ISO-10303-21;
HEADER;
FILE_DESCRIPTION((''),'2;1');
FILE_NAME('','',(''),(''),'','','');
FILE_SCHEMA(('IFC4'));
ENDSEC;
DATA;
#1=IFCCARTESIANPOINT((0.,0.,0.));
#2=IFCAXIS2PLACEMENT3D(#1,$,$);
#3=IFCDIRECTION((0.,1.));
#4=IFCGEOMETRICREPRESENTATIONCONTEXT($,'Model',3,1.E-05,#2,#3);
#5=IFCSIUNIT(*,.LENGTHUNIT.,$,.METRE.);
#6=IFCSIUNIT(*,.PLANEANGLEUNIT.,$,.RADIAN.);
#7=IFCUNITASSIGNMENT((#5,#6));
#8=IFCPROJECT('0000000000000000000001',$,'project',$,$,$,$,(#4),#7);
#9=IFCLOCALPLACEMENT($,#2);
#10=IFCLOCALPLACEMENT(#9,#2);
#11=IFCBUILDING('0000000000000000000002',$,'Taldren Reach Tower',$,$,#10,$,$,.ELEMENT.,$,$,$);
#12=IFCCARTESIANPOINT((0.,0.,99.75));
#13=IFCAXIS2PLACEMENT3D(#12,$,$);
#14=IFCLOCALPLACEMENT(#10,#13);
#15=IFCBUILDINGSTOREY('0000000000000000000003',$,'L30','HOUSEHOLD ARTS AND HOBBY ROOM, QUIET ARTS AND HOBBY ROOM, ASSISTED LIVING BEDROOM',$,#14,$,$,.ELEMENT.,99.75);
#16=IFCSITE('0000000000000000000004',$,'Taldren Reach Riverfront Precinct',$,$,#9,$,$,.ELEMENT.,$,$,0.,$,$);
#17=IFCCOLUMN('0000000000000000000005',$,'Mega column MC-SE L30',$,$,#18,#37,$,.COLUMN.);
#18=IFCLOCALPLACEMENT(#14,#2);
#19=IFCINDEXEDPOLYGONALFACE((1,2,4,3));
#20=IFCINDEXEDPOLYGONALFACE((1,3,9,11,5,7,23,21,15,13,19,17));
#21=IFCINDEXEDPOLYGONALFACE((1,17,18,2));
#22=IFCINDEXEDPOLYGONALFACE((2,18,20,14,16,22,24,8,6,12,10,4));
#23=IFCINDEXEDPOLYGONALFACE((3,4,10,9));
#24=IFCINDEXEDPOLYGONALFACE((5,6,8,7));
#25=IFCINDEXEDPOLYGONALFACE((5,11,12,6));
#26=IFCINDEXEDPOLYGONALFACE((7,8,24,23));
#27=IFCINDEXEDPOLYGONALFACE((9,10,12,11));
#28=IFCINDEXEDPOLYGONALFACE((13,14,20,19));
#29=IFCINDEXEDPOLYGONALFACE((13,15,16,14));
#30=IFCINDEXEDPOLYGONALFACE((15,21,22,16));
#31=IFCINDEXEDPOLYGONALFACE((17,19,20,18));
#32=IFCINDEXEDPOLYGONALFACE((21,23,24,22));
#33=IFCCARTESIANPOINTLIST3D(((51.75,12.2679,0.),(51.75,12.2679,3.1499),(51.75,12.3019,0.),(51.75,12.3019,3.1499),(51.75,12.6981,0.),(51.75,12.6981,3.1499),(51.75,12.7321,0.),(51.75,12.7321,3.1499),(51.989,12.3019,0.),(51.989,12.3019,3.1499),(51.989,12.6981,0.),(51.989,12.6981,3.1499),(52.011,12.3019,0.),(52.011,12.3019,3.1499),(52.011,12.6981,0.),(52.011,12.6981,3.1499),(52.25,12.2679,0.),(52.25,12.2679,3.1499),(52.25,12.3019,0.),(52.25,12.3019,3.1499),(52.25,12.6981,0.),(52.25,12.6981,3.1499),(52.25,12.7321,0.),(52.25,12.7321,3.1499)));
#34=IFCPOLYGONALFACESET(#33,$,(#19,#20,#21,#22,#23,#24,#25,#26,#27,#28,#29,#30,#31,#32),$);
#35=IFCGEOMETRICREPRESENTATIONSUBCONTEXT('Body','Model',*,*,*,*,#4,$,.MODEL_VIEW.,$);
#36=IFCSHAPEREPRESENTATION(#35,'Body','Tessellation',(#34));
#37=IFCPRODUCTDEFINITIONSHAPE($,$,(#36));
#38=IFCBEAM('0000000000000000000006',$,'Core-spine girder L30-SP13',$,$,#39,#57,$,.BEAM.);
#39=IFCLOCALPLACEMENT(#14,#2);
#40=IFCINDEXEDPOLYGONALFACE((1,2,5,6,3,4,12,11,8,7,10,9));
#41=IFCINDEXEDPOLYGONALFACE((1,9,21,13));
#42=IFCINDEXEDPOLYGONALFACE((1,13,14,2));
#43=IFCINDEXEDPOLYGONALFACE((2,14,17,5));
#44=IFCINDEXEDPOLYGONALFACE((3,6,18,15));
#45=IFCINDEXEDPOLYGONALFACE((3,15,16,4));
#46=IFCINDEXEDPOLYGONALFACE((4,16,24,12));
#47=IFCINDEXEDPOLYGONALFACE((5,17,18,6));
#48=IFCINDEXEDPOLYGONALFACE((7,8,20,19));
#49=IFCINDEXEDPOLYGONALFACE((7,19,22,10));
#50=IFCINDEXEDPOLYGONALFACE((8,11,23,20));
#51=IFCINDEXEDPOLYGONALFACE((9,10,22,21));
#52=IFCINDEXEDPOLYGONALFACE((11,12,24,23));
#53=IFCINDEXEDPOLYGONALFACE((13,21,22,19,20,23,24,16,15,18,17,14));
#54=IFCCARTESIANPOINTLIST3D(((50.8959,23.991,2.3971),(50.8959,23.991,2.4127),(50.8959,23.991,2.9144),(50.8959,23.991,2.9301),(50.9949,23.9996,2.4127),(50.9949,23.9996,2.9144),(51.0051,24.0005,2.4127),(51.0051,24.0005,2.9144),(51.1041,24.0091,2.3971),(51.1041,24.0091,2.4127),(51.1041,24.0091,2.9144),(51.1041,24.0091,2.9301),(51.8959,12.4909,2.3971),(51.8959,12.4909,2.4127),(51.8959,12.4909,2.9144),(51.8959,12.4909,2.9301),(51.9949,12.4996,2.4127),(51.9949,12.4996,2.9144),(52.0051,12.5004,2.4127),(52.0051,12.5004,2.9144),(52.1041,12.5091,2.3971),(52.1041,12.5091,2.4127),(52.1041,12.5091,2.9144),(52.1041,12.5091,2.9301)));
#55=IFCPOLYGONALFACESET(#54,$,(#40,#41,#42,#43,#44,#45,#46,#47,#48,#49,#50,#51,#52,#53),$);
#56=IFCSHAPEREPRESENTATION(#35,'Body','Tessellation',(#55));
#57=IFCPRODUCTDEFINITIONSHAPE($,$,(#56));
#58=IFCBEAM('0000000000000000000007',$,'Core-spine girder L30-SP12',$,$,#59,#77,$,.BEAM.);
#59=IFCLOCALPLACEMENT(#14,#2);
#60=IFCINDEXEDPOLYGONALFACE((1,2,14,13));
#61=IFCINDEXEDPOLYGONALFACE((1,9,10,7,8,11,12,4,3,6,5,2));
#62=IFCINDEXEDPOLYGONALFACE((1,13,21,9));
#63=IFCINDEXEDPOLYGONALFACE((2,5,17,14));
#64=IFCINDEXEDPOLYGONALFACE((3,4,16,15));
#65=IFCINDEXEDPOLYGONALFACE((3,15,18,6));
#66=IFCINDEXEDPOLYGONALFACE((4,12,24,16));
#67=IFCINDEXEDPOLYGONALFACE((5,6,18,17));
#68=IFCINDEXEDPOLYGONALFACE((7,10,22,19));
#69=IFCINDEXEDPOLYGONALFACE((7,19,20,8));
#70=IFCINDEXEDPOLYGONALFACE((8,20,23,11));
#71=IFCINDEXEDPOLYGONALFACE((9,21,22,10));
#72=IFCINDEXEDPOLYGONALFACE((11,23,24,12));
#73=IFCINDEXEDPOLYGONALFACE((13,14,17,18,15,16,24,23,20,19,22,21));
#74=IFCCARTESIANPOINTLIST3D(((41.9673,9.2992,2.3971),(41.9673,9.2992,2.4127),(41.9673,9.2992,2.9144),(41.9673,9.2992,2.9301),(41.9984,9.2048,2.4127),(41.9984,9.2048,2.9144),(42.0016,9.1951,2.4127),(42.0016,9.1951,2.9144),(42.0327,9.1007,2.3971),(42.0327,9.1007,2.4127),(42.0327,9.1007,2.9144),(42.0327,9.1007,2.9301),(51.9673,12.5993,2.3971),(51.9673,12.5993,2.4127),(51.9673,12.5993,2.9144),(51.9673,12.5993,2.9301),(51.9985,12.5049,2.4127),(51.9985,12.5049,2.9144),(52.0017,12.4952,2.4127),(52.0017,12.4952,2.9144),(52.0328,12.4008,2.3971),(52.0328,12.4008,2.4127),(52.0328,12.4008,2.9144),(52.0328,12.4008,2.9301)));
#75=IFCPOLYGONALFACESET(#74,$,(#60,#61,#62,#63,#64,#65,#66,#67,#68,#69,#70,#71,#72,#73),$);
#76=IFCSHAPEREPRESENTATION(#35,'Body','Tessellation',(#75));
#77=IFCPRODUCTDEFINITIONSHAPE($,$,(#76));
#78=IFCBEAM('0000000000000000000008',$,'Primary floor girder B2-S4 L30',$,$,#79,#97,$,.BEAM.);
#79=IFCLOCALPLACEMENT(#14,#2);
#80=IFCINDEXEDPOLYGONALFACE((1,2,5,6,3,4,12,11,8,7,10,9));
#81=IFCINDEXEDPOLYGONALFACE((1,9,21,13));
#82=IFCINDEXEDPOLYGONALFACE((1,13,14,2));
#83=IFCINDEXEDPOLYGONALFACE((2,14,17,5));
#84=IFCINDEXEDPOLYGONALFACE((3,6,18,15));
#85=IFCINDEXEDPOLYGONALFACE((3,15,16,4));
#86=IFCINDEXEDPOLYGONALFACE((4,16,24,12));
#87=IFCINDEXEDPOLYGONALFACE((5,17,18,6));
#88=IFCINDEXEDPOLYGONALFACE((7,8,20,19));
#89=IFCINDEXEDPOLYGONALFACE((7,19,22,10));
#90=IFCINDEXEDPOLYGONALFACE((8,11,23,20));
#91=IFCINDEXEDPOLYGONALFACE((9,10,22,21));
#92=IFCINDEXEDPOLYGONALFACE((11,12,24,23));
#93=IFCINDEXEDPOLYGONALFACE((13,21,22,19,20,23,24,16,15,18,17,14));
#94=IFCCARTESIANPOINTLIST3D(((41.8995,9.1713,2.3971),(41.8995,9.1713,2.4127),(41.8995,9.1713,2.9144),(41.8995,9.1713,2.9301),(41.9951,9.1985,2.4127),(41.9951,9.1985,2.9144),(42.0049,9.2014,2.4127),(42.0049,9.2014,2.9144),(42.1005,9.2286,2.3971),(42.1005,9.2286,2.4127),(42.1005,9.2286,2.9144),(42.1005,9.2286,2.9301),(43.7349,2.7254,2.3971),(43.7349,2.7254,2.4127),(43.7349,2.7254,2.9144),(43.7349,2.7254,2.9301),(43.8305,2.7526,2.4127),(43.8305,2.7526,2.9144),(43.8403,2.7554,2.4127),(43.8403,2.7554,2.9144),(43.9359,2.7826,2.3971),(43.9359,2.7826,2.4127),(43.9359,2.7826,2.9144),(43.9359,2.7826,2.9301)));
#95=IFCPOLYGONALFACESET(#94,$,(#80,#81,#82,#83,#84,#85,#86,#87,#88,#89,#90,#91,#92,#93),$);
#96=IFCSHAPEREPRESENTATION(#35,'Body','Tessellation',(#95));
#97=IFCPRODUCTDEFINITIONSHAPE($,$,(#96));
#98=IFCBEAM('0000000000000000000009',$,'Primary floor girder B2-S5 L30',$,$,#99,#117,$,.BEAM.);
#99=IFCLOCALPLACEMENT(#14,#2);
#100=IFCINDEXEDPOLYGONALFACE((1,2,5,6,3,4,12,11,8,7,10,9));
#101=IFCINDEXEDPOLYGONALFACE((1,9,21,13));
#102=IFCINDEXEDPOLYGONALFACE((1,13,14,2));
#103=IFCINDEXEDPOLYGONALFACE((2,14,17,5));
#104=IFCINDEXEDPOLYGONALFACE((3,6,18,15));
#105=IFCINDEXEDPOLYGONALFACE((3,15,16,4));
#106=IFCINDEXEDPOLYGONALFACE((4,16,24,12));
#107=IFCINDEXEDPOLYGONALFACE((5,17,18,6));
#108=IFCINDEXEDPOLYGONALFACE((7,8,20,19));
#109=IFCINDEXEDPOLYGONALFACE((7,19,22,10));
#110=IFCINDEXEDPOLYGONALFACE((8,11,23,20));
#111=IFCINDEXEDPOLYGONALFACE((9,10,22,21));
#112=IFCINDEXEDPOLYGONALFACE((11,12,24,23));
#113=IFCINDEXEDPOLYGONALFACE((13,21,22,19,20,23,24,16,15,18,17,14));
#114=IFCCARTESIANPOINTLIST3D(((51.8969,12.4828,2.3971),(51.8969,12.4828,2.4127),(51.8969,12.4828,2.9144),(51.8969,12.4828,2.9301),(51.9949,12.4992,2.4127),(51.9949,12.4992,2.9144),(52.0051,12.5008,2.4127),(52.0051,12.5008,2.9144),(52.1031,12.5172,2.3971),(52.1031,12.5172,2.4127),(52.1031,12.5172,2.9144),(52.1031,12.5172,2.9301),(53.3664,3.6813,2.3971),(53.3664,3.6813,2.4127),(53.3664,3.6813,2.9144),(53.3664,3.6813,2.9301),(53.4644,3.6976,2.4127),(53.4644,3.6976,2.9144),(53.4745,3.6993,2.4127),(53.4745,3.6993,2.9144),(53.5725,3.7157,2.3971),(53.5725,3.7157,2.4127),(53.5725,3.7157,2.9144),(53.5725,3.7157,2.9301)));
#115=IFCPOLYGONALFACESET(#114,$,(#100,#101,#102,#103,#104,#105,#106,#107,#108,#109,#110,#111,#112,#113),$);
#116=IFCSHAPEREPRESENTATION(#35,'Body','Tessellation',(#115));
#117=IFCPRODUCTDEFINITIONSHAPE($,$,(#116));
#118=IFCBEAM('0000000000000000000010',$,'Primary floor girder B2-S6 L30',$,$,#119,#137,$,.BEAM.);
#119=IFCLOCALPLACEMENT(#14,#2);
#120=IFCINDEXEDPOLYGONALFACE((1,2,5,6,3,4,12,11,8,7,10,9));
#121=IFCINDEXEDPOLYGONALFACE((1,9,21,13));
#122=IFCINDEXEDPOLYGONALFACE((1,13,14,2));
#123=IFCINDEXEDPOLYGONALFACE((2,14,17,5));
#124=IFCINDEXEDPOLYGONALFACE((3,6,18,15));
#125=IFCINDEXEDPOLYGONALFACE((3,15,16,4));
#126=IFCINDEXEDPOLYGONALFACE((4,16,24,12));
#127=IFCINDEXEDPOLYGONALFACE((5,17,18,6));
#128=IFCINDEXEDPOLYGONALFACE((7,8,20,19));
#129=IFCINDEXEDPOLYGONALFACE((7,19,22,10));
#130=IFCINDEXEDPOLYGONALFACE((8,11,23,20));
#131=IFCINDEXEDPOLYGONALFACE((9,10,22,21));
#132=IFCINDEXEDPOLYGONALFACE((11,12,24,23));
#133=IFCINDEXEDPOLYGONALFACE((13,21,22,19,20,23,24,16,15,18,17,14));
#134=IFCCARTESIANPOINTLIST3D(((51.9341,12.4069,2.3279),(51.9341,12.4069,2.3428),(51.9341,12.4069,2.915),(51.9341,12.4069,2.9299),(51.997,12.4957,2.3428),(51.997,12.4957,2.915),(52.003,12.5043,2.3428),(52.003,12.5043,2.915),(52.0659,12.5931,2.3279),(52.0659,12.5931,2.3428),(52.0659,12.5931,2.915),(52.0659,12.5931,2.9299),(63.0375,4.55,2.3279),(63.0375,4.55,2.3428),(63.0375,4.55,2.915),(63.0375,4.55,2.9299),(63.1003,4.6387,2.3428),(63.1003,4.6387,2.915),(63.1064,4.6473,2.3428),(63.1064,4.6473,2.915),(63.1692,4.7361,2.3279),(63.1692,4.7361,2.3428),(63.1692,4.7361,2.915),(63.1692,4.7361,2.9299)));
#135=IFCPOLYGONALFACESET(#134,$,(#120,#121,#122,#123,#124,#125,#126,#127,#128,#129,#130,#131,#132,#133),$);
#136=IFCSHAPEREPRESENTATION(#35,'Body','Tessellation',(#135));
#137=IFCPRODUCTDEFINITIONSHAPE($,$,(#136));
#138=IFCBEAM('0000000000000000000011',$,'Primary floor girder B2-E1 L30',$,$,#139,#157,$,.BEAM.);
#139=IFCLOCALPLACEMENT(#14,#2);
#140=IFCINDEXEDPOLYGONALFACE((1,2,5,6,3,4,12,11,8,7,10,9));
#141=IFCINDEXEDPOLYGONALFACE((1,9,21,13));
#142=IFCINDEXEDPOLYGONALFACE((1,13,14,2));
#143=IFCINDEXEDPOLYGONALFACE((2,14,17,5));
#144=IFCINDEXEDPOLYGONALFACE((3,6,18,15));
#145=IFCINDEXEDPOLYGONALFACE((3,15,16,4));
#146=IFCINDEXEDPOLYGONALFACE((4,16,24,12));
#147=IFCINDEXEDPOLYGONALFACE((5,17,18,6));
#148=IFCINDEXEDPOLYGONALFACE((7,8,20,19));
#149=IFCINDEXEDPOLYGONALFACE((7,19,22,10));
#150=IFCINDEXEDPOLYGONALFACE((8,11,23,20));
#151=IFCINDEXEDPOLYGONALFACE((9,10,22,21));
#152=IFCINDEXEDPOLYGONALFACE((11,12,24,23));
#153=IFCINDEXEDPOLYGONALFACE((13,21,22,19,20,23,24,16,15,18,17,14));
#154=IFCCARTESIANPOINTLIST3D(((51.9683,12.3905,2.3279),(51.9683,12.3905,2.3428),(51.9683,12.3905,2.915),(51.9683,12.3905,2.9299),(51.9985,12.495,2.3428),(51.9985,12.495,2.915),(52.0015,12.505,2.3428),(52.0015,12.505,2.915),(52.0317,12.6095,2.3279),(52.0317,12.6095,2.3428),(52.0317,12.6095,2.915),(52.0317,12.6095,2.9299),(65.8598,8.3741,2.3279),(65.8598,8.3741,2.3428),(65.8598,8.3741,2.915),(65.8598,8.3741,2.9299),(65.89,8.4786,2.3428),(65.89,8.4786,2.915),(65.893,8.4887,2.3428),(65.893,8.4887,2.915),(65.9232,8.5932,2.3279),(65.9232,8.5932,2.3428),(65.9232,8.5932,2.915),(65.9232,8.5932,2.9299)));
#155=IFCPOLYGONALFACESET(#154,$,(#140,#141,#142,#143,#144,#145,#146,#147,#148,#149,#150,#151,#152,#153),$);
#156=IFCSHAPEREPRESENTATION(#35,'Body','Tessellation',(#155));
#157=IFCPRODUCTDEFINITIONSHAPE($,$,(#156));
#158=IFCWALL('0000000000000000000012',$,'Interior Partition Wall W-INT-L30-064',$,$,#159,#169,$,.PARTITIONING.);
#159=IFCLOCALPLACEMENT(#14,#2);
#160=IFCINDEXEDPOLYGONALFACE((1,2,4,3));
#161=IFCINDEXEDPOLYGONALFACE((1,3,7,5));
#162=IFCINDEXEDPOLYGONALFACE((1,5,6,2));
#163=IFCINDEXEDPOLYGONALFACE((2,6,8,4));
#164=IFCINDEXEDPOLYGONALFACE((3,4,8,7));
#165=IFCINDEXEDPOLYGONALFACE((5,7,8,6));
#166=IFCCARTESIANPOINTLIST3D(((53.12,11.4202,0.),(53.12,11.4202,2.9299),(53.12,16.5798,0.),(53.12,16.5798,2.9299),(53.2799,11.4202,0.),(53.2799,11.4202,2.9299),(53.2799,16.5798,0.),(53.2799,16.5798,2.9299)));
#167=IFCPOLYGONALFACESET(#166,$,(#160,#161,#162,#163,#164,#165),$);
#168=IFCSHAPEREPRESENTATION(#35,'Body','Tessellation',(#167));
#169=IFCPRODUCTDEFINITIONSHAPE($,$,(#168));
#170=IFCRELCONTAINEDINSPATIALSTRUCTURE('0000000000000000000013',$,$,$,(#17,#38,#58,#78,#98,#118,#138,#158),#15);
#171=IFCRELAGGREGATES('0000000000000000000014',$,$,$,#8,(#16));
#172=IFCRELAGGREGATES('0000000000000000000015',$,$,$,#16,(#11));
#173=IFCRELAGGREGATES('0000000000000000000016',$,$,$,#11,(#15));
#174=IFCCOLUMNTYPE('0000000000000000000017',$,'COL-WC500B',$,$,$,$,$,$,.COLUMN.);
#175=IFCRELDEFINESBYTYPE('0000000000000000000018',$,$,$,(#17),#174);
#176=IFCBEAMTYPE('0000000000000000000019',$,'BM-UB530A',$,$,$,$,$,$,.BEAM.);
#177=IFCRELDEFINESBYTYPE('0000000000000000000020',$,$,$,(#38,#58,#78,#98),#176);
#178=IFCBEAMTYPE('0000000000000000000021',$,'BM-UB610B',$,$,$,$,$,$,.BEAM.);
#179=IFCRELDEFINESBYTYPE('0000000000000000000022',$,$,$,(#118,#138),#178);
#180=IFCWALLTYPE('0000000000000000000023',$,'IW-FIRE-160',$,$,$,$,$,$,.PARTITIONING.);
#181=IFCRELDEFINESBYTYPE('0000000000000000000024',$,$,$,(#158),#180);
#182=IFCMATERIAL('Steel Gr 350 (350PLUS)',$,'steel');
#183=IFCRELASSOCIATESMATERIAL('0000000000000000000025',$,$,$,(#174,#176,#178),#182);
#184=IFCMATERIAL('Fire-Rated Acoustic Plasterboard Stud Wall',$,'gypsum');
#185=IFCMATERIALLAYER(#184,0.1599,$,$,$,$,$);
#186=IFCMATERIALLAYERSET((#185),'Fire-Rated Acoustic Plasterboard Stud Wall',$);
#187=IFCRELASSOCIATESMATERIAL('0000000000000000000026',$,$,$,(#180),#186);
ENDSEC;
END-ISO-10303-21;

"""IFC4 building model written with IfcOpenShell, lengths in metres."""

from ifc_helpers import new_model, si_unit, direction, frame, frame_2d, origin, origin_2d, place, context, subcontext, project, spatial, rectangle, i_section, extrude, source, transform, mapped, material, layer, layer_set, material_profile, profile_set, type_object, element, save


model = new_model("IFC4")

# Units and contexts
model_context = context("Model", 3, precision=1e-05, world=origin(), true_north=direction((0.0, 1.0)))
body_context = subcontext(model_context, "Body", "Model", "MODEL_VIEW")
ifc_project = project(units=[si_unit("LENGTHUNIT", "METRE"), si_unit("PLANEANGLEUNIT", "RADIAN")], contexts=[model_context])

# Site, building, storey
site_placement = place(None, origin())
site = spatial("IfcSite", under=ifc_project, at=site_placement, Name="Taldren Reach Riverfront Precinct", CompositionType="ELEMENT", RefElevation=0.0)
building_placement = place(site_placement, origin())
building = spatial("IfcBuilding", under=site, at=building_placement, Name="Taldren Reach Tower", CompositionType="ELEMENT")
storey_placement = place(building_placement, frame((0.0, 0.0, 99.75)))
storey = spatial("IfcBuildingStorey", under=building, at=storey_placement, Name="L30", Description="HOUSEHOLD ARTS AND HOBBY ROOM, QUIET ARTS AND HOBBY ROOM, ASSISTED LIVING BEDROOM", CompositionType="ELEMENT", Elevation=99.75)

# Column
ifc_material_1 = material(Name="Steel Gr 350 (350PLUS)", Category="steel")
ifc_material_profile_1 = material_profile(ifc_material_1, i_section(OverallWidth=0.5, OverallDepth=0.4641, WebThickness=0.022, FlangeThickness=0.0339, at=origin_2d()), Name="500WC340")
ifc_profile_set_1 = profile_set([ifc_material_profile_1], Name="Steel Gr 350 (350PLUS)")
column_type = type_object("IfcColumnType", Name="COL-WC500B", PredefinedType="COLUMN", material=ifc_profile_set_1)
shared_shape_1 = source(origin(), body_context, "Body", "SweptSolid", [
    extrude(i_section(OverallWidth=0.5, OverallDepth=0.4641, WebThickness=0.022, FlangeThickness=0.0339, at=origin_2d()), origin(), (0.0, 0.0, 1.0), 3.1499),
])
column_placement = place(storey_placement, frame((52.0, 12.5, 0.0), z_axis=(0.0, 0.0, 1.0), x_axis=(1.0, 0.0, 0.0)))
element("IfcColumn", 1, at=column_placement, inside=storey, type_object=column_type, Name="Mega column MC-SE L30", PredefinedType="COLUMN", context=body_context, shape_type="MappedRepresentation", body=[
    mapped(shared_shape_1, transform((0.0, 0.0, 0.0), scale=1.0)),
])

# Beams
ifc_material_profile_2 = material_profile(ifc_material_1, i_section(OverallWidth=0.209, OverallDepth=0.533, WebThickness=0.0103, FlangeThickness=0.0156, at=origin_2d()), Name="530UB92.4")
ifc_profile_set_2 = profile_set([ifc_material_profile_2], Name="Steel Gr 350 (350PLUS)")
beam_type_1 = type_object("IfcBeamType", Name="BM-UB530A", PredefinedType="BEAM", material=ifc_profile_set_2)
shared_shape_2 = source(origin(), body_context, "Body", "SweptSolid", [
    extrude(i_section(OverallWidth=0.209, OverallDepth=0.533, WebThickness=0.0103, FlangeThickness=0.0156, at=origin_2d()), origin(), (0.0, 0.0, 1.0), 11.5435),
])
beam_1_placement = place(storey_placement, frame((52.0, 12.5, 2.6636), z_axis=(-0.08663, 0.996241, 0.0), x_axis=(-0.996241, -0.08663, 0.0)))
element("IfcBeam", 2, at=beam_1_placement, inside=storey, type_object=beam_type_1, Name="Core-spine girder L30-SP13", PredefinedType="BEAM", context=body_context, shape_type="MappedRepresentation", body=[
    mapped(shared_shape_2, transform((0.0, 0.0, 0.0), scale=1.0)),
])
shared_shape_3 = source(origin(), body_context, "Body", "SweptSolid", [
    extrude(i_section(OverallWidth=0.209, OverallDepth=0.533, WebThickness=0.0103, FlangeThickness=0.0156, at=origin_2d()), origin(), (0.0, 0.0, 1.0), 10.5305),
])
beam_2_placement = place(storey_placement, frame((42.0, 9.2, 2.6636), z_axis=(0.949627, 0.313382, 0.0), x_axis=(-0.313382, 0.949627, 0.0)))
element("IfcBeam", 3, at=beam_2_placement, inside=storey, type_object=beam_type_1, Name="Core-spine girder L30-SP12", PredefinedType="BEAM", context=body_context, shape_type="MappedRepresentation", body=[
    mapped(shared_shape_3, transform((0.0, 0.0, 0.0), scale=1.0)),
])
shared_shape_4 = source(origin(), body_context, "Body", "SweptSolid", [
    extrude(i_section(OverallWidth=0.209, OverallDepth=0.533, WebThickness=0.0103, FlangeThickness=0.0156, at=origin_2d()), origin(), (0.0, 0.0, 1.0), 6.7021),
])
beam_3_placement = place(storey_placement, frame((42.0, 9.2, 2.6636), z_axis=(0.273855, -0.961771, 0.0), x_axis=(0.961771, 0.273855, 0.0)))
element("IfcBeam", 4, at=beam_3_placement, inside=storey, type_object=beam_type_1, Name="Primary floor girder B2-S4 L30", PredefinedType="BEAM", context=body_context, shape_type="MappedRepresentation", body=[
    mapped(shared_shape_4, transform((0.0, 0.0, 0.0), scale=1.0)),
])
shared_shape_5 = source(origin(), body_context, "Body", "SweptSolid", [
    extrude(i_section(OverallWidth=0.209, OverallDepth=0.533, WebThickness=0.0103, FlangeThickness=0.0156, at=origin_2d()), origin(), (0.0, 0.0, 1.0), 8.9233),
])
beam_4_placement = place(storey_placement, frame((52.0, 12.5, 2.6636), z_axis=(0.164678, -0.986347, 0.0), x_axis=(0.986347, 0.164678, 0.0)))
element("IfcBeam", 5, at=beam_4_placement, inside=storey, type_object=beam_type_1, Name="Primary floor girder B2-S5 L30", PredefinedType="BEAM", context=body_context, shape_type="MappedRepresentation", body=[
    mapped(shared_shape_5, transform((0.0, 0.0, 0.0), scale=1.0)),
])
ifc_material_profile_3 = material_profile(ifc_material_1, i_section(OverallWidth=0.228, OverallDepth=0.6021, WebThickness=0.0105, FlangeThickness=0.0149, at=origin_2d()), Name="610UB101")
ifc_profile_set_3 = profile_set([ifc_material_profile_3], Name="Steel Gr 350 (350PLUS)")
beam_type_2 = type_object("IfcBeamType", Name="BM-UB610B", PredefinedType="BEAM", material=ifc_profile_set_3)
shared_shape_6 = source(origin(), body_context, "Body", "SweptSolid", [
    extrude(i_section(OverallWidth=0.228, OverallDepth=0.6021, WebThickness=0.0105, FlangeThickness=0.0149, at=origin_2d()), origin(), (0.0, 0.0, 1.0), 13.6021),
])
beam_5_placement = place(storey_placement, frame((52.0, 12.5, 2.6289), z_axis=(0.816298, -0.577631, 0.0), x_axis=(0.577631, 0.816298, 0.0)))
element("IfcBeam", 6, at=beam_5_placement, inside=storey, type_object=beam_type_2, Name="Primary floor girder B2-S6 L30", PredefinedType="BEAM", context=body_context, shape_type="MappedRepresentation", body=[
    mapped(shared_shape_6, transform((0.0, 0.0, 0.0), scale=1.0)),
])
shared_shape_7 = source(origin(), body_context, "Body", "SweptSolid", [
    extrude(i_section(OverallWidth=0.228, OverallDepth=0.6021, WebThickness=0.0105, FlangeThickness=0.0149, at=origin_2d()), origin(), (0.0, 0.0, 1.0), 14.4604),
])
beam_6_placement = place(storey_placement, frame((52.0, 12.5, 2.6289), z_axis=(0.960655, -0.277746, 0.0), x_axis=(0.277746, 0.960655, 0.0)))
element("IfcBeam", 7, at=beam_6_placement, inside=storey, type_object=beam_type_2, Name="Primary floor girder B2-E1 L30", PredefinedType="BEAM", context=body_context, shape_type="MappedRepresentation", body=[
    mapped(shared_shape_7, transform((0.0, 0.0, 0.0), scale=1.0)),
])

# Wall
ifc_material_2 = material(Name="Fire-Rated Acoustic Plasterboard Stud Wall", Category="gypsum")
ifc_layer_1 = layer(ifc_material_2, 0.1599)
ifc_layer_set_1 = layer_set([ifc_layer_1], Name="Fire-Rated Acoustic Plasterboard Stud Wall")
wall_type_1 = type_object("IfcWallType", Name="IW-FIRE-160", PredefinedType="PARTITIONING", material=ifc_layer_set_1)
shared_shape_8 = source(origin(), body_context, "Body", "SweptSolid", [
    extrude(rectangle(XDim=5.1597, YDim=0.1599, at=frame_2d((2.5798, 0.0))), origin(), (0.0, 0.0, 1.0), 2.9299),
])
wall_1_placement = place(storey_placement, frame((53.2, 11.4202, 0.0), z_axis=(0.0, 0.0, 1.0), x_axis=(0.0, 1.0, 0.0)))
element("IfcWall", 8, at=wall_1_placement, inside=storey, type_object=wall_type_1, Name="Interior Partition Wall W-INT-L30-064", PredefinedType="PARTITIONING", context=body_context, shape_type="MappedRepresentation", body=[
    mapped(shared_shape_8, transform((0.0, 0.0, 0.0), scale=1.0)),
])

save(model, "model.ifc")
